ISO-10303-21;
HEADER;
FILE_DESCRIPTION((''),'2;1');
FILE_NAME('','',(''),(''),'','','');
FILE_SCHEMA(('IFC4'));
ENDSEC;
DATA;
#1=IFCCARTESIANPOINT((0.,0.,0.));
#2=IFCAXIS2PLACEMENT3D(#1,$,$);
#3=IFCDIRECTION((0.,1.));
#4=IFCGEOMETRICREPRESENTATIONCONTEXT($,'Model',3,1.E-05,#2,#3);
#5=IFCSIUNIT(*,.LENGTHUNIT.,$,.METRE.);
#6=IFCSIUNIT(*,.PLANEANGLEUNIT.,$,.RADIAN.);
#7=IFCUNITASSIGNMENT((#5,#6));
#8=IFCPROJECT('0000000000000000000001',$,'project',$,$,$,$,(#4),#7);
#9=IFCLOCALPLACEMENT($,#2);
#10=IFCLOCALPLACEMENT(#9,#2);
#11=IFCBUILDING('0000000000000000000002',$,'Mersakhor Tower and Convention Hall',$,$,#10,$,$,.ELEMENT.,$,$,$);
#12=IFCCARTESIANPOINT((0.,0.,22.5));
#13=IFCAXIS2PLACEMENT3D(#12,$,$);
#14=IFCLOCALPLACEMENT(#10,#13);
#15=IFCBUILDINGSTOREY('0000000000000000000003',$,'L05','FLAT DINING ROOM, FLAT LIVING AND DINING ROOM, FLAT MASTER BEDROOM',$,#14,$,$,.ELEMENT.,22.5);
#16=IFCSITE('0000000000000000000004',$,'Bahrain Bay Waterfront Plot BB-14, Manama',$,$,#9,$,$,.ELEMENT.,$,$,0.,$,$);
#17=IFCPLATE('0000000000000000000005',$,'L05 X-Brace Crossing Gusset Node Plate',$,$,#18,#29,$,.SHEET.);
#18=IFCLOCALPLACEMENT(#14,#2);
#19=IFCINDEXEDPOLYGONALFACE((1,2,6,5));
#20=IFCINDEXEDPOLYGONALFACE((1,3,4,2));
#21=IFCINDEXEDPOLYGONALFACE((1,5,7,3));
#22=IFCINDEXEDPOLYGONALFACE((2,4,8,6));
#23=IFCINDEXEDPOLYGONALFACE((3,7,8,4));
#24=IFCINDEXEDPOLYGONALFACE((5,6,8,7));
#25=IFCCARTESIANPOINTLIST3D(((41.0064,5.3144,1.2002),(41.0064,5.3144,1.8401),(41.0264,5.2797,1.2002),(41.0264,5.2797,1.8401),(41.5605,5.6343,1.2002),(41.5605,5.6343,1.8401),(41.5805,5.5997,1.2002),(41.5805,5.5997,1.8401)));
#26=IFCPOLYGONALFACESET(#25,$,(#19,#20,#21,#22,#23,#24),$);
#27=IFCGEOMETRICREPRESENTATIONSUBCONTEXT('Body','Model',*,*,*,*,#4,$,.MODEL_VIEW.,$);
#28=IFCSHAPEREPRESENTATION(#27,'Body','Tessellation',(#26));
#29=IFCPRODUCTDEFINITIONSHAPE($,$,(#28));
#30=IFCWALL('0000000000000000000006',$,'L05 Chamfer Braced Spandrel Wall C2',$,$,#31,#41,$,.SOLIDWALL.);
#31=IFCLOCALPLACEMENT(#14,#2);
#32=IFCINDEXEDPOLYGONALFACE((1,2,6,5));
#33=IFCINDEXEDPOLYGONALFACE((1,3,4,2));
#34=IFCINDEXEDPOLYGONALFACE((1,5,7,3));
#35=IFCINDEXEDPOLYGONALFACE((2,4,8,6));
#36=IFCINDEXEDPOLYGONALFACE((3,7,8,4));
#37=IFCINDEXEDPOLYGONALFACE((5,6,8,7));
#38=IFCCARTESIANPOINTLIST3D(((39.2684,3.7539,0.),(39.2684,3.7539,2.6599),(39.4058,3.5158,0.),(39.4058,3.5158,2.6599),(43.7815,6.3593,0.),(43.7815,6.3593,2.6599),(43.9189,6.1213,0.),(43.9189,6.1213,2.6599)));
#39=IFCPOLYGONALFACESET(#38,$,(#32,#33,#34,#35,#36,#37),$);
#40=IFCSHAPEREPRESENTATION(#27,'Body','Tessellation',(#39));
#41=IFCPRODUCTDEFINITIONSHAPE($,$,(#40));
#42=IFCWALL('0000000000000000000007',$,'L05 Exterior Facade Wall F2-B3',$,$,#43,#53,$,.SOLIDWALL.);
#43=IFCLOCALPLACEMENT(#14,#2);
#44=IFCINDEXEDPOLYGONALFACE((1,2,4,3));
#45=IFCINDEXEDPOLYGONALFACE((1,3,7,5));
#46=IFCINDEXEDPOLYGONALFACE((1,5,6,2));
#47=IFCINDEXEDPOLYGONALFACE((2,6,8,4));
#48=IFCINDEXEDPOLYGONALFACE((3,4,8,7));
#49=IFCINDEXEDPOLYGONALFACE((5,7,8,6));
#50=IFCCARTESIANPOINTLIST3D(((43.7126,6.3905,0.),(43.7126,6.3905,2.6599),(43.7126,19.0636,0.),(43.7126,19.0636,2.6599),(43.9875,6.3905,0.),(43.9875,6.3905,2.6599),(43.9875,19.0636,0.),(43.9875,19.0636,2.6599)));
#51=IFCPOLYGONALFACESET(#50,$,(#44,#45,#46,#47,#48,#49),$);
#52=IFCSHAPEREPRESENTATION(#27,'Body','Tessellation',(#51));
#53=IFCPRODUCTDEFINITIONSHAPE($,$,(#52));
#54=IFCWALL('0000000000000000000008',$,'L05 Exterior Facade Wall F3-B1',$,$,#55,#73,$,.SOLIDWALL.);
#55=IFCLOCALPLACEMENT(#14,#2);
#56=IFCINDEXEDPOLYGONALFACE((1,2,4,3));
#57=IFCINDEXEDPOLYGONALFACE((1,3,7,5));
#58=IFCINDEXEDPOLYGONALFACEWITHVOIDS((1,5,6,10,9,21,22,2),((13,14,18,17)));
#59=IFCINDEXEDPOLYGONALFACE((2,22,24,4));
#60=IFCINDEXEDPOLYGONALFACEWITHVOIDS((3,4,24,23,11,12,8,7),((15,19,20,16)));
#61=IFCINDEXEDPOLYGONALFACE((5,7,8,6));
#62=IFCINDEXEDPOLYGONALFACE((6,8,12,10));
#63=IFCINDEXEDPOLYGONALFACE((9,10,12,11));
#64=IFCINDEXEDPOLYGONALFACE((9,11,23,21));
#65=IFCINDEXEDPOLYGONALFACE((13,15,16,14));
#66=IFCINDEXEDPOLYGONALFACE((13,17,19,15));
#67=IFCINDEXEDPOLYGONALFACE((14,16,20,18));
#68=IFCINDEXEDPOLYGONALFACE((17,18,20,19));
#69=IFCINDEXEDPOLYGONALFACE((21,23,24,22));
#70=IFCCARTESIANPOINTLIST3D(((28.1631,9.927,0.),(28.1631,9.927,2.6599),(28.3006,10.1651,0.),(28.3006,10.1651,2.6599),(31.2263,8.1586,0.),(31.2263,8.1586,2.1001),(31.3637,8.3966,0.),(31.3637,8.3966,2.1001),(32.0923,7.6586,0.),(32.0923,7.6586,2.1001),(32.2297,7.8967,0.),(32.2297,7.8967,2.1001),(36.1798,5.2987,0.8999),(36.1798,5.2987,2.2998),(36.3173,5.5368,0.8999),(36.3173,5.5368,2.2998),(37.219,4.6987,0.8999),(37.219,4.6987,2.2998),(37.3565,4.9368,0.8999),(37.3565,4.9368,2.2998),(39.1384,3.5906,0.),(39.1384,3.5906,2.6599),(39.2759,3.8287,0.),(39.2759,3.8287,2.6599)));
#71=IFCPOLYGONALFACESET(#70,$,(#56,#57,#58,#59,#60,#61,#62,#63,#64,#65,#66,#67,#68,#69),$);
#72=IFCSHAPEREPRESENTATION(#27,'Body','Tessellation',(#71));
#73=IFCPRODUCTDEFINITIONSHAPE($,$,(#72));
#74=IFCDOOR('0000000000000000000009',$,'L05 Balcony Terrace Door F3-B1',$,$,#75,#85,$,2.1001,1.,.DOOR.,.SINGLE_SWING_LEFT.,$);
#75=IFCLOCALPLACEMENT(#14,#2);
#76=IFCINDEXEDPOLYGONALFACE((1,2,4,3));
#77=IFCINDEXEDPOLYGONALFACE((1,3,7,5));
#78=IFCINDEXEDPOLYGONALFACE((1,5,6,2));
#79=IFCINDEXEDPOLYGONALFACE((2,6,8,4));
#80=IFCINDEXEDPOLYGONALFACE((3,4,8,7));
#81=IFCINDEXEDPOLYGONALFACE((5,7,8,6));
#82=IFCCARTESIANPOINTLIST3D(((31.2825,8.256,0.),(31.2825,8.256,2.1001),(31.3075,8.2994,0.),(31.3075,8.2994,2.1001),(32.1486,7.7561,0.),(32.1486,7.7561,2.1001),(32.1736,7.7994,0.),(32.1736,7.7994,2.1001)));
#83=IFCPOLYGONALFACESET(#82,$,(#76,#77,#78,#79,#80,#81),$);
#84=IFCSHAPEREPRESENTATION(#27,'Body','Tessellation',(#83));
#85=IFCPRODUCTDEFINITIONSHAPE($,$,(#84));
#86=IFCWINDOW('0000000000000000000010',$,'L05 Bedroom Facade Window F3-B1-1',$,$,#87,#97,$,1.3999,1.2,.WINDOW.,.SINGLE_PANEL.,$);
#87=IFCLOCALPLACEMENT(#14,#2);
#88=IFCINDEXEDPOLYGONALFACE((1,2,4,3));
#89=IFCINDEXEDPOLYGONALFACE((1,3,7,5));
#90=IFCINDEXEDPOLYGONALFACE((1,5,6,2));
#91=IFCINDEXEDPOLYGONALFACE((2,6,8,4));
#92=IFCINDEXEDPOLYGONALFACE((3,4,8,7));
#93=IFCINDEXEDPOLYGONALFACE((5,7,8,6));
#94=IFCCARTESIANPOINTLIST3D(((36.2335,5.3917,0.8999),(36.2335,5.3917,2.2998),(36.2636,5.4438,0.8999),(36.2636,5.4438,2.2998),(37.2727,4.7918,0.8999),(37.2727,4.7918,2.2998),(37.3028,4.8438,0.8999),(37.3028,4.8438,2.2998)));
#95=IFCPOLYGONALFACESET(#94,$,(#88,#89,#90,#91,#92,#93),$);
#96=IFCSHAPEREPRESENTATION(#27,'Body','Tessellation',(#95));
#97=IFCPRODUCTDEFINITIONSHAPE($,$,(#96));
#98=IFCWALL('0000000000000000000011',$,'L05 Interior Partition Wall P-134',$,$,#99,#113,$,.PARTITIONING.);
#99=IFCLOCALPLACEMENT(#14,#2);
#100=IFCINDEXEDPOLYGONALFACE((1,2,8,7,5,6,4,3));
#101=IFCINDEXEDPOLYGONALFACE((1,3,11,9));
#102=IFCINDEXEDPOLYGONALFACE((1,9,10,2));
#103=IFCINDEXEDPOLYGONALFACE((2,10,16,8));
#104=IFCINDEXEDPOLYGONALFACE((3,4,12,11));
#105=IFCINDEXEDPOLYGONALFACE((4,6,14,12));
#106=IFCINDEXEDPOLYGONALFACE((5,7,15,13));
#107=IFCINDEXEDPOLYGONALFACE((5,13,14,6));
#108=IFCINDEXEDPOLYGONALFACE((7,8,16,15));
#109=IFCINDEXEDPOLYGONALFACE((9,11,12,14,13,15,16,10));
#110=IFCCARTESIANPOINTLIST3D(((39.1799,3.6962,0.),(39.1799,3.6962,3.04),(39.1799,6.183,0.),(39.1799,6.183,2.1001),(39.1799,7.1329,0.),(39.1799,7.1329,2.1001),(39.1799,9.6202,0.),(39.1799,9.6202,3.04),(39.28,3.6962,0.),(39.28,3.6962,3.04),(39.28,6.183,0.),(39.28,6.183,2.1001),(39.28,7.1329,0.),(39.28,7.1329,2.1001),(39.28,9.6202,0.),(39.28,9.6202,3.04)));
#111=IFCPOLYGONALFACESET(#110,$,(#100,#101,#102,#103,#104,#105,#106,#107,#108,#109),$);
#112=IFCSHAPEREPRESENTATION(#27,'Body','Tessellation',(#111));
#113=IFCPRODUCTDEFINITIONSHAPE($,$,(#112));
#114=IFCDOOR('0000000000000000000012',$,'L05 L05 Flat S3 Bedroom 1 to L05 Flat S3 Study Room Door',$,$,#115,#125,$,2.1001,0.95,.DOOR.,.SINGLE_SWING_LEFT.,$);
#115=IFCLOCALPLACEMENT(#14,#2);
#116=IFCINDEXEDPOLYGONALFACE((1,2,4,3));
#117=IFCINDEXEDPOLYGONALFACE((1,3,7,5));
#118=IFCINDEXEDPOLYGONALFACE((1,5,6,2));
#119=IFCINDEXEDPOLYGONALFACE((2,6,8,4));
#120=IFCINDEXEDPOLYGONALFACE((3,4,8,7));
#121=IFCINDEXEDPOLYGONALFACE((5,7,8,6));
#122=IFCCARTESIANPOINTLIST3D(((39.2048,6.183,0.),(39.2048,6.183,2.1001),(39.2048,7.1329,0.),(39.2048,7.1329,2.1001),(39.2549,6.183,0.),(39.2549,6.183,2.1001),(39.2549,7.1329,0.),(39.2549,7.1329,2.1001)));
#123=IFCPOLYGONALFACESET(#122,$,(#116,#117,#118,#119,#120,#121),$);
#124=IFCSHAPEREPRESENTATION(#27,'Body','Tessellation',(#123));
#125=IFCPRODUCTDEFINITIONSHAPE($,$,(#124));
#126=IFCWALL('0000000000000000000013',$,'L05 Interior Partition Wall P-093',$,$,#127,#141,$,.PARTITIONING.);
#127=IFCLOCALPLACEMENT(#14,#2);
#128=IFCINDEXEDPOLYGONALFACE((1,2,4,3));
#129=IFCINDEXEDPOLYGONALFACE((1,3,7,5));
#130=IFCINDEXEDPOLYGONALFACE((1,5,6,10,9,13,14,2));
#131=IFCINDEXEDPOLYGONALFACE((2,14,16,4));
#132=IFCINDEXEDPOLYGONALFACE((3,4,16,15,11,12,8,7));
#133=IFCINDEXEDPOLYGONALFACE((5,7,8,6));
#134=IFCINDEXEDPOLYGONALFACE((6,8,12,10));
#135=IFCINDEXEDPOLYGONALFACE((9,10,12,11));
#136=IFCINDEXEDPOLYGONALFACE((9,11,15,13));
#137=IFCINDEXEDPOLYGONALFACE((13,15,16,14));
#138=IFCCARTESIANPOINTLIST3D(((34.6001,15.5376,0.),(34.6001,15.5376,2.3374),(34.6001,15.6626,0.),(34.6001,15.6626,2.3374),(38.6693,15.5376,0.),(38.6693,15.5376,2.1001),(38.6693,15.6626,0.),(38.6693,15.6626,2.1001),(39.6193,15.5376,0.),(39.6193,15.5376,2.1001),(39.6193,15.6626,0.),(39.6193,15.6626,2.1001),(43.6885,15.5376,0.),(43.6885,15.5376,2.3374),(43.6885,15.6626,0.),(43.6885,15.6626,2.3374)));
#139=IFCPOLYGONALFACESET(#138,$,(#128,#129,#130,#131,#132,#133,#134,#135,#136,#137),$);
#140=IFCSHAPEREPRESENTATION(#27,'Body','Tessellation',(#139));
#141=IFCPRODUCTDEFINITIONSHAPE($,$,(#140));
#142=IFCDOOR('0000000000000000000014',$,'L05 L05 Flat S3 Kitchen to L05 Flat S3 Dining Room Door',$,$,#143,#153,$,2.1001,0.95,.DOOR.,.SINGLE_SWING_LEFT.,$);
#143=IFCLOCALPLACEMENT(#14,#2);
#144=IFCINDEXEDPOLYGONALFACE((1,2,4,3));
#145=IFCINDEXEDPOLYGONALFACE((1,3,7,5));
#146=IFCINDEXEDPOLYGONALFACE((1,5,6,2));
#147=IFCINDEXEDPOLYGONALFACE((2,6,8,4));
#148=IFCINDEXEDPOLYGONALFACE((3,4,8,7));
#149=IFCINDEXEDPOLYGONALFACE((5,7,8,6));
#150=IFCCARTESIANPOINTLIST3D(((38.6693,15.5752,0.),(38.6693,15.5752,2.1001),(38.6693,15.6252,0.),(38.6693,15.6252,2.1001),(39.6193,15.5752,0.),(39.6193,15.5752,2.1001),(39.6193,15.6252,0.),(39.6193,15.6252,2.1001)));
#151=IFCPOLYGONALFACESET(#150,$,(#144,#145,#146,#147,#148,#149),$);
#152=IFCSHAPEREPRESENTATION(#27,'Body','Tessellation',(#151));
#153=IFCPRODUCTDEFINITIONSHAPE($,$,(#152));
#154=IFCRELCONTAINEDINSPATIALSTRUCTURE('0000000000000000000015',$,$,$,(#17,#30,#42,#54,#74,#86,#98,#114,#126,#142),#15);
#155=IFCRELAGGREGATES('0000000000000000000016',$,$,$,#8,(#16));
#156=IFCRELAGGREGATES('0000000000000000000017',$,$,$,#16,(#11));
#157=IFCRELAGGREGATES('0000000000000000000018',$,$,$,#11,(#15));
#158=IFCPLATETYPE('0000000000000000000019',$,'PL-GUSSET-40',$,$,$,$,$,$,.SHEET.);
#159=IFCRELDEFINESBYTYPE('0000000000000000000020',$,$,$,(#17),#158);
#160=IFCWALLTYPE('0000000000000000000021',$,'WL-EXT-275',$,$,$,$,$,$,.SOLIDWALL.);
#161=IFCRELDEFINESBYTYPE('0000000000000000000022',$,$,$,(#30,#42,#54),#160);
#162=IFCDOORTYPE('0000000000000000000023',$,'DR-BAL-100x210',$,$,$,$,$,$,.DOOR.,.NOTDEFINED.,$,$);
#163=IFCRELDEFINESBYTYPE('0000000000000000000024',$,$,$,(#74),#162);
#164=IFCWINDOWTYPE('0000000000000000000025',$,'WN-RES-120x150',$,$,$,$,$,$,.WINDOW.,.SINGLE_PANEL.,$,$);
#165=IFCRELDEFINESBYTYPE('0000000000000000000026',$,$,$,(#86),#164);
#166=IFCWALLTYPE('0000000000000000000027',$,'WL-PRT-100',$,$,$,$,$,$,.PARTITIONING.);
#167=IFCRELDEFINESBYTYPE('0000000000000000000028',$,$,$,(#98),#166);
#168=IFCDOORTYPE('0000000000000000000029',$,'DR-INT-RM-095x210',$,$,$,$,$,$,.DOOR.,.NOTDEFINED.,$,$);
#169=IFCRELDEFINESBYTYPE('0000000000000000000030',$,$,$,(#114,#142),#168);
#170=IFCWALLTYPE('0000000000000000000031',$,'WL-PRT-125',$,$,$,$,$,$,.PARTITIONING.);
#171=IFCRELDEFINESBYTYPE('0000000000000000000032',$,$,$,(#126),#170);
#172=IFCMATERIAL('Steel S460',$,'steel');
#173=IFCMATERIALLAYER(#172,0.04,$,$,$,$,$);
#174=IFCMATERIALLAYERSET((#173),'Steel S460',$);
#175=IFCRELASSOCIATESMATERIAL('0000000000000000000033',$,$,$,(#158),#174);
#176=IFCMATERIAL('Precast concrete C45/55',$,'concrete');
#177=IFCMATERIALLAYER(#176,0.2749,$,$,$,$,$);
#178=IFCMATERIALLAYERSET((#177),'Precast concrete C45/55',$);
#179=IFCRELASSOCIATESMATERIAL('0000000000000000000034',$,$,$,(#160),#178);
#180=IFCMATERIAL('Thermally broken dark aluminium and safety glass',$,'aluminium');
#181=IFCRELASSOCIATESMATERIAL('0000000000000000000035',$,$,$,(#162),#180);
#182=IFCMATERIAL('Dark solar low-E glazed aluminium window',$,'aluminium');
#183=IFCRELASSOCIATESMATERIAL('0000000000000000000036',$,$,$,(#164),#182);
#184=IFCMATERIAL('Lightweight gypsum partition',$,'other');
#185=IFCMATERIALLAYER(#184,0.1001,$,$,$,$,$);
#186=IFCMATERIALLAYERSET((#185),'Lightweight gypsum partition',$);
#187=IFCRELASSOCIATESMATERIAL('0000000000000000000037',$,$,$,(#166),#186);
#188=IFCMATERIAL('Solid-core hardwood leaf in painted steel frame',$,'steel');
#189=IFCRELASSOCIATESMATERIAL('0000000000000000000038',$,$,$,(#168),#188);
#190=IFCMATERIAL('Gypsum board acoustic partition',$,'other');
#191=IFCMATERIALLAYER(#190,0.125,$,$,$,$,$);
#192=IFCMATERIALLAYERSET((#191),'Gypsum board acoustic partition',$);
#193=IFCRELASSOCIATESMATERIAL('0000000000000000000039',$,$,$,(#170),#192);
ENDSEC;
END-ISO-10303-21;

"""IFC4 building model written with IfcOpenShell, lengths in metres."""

from ifc_helpers import new_model, si_unit, direction, frame, frame_2d, origin, origin_2d, place, context, subcontext, project, spatial, rectangle, extrude, material, layer, layer_set, type_object, element, fill, save


model = new_model("IFC4")

# Units and contexts
model_context = context("Model", 3, precision=1e-05, world=origin(), true_north=direction((0.0, 1.0)))
body_context = subcontext(model_context, "Body", "Model", "MODEL_VIEW")
ifc_project = project(units=[si_unit("LENGTHUNIT", "METRE"), si_unit("PLANEANGLEUNIT", "RADIAN")], contexts=[model_context])

# Site, building, storey
site_placement = place(None, origin())
site = spatial("IfcSite", under=ifc_project, at=site_placement, Name="Bahrain Bay Waterfront Plot BB-14, Manama", CompositionType="ELEMENT", RefElevation=0.0)
building_placement = place(site_placement, origin())
building = spatial("IfcBuilding", under=site, at=building_placement, Name="Mersakhor Tower and Convention Hall", CompositionType="ELEMENT")
storey_placement = place(building_placement, frame((0.0, 0.0, 22.5)))
storey = spatial("IfcBuildingStorey", under=building, at=storey_placement, Name="L05", Description="FLAT DINING ROOM, FLAT LIVING AND DINING ROOM, FLAT MASTER BEDROOM", CompositionType="ELEMENT", Elevation=22.5)

# Plate
ifc_material_1 = material(Name="Steel S460", Category="steel")
ifc_layer_1 = layer(ifc_material_1, 0.04)
ifc_layer_set_1 = layer_set([ifc_layer_1], Name="Steel S460")
plate_type_1 = type_object("IfcPlateType", Name="PL-GUSSET-40", PredefinedType="SHEET", material=ifc_layer_set_1)
plate_1_placement = place(storey_placement, frame((41.2935, 5.457, 1.2002), z_axis=(0.0, 0.0, 1.0), x_axis=(0.866025, 0.5, 0.0)))
element("IfcPlate", 1, at=plate_1_placement, inside=storey, type_object=plate_type_1, Name="L05 X-Brace Crossing Gusset Node Plate", PredefinedType="SHEET", context=body_context, shape_type="SweptSolid", body=[
    extrude(rectangle(XDim=0.6399, YDim=0.04, at=origin_2d()), origin(), (0.0, 0.0, 1.0), 0.6399),
])

# Walls
ifc_material_2 = material(Name="Precast concrete C45/55", Category="concrete")
ifc_layer_2 = layer(ifc_material_2, 0.2749)
ifc_layer_set_2 = layer_set([ifc_layer_2], Name="Precast concrete C45/55")
wall_type_1 = type_object("IfcWallType", Name="WL-EXT-275", PredefinedType="SOLIDWALL", material=ifc_layer_set_2)
wall_1_placement = place(storey_placement, frame((43.8501, 6.2402, 0.0), z_axis=(0.0, 0.0, 1.0), x_axis=(-0.866044, -0.499968, 0.0)))
element("IfcWall", 2, at=wall_1_placement, inside=storey, type_object=wall_type_1, Name="L05 Chamfer Braced Spandrel Wall C2", PredefinedType="SOLIDWALL", context=body_context, shape_type="SweptSolid", body=[
    extrude(rectangle(XDim=5.2112, YDim=0.2749, at=frame_2d((2.6055, 0.0))), origin(), (0.0, 0.0, 1.0), 2.6599),
])
wall_2_placement = place(storey_placement, frame((43.8501, 19.0635, 0.0), z_axis=(0.0, 0.0, 1.0), x_axis=(0.0, -1.0, 0.0)))
element("IfcWall", 3, at=wall_2_placement, inside=storey, type_object=wall_type_1, Name="L05 Exterior Facade Wall F2-B3", PredefinedType="SOLIDWALL", context=body_context, shape_type="SweptSolid", body=[
    extrude(rectangle(XDim=12.6731, YDim=0.2749, at=frame_2d((6.3364, 0.0))), origin(), (0.0, 0.0, 1.0), 2.6599),
])

# Wall, openings, door, window
wall_3_placement = place(storey_placement, frame((39.207, 3.7097, 0.0), z_axis=(0.0, 0.0, 1.0), x_axis=(-0.866032, 0.499989, 0.0)))
wall_3 = element("IfcWall", 4, at=wall_3_placement, inside=storey, type_object=wall_type_1, Name="L05 Exterior Facade Wall F3-B1", PredefinedType="SOLIDWALL", context=body_context, shape_type="SweptSolid", body=[
    extrude(rectangle(XDim=12.6731, YDim=0.2749, at=frame_2d((6.3364, 0.0))), origin(), (0.0, 0.0, 1.0), 2.6599),
])
opening_1_placement = place(wall_3_placement, frame((8.136, 0.0, 0.0)))
opening_1 = element("IfcOpeningElement", 5, at=opening_1_placement, cuts=wall_3, PredefinedType="OPENING", context=body_context, shape_type="SweptSolid", body=[
    extrude(rectangle(XDim=1.0, YDim=2.1001, at=frame_2d((0.5, 1.05))), frame((0.0, 0.1475, 0.0), z_axis=(0.0, -1.0, 0.0), x_axis=(1.0, 0.0, 0.0)), (0.0, 0.0, 1.0), 0.2949),
])
opening_2_placement = place(wall_3_placement, frame((2.2161, 0.0, 0.8999)))
opening_2 = element("IfcOpeningElement", 6, at=opening_2_placement, cuts=wall_3, PredefinedType="OPENING", context=body_context, shape_type="SweptSolid", body=[
    extrude(rectangle(XDim=1.2, YDim=1.3999, at=frame_2d((0.6001, 0.7))), frame((0.0, 0.1475, 0.0), z_axis=(0.0, -1.0, 0.0), x_axis=(1.0, 0.0, 0.0)), (0.0, 0.0, 1.0), 0.2949),
])
ifc_material_3 = material(Name="Thermally broken dark aluminium and safety glass", Category="aluminium")
door_type_1 = type_object("IfcDoorType", Name="DR-BAL-100x210", OperationType="NOTDEFINED", PredefinedType="DOOR", material=ifc_material_3)
door_1_placement = place(opening_1_placement, origin())
door_1 = element("IfcDoor", 7, at=door_1_placement, inside=storey, type_object=door_type_1, Name="L05 Balcony Terrace Door F3-B1", OperationType="SINGLE_SWING_LEFT", OverallHeight=2.1001, OverallWidth=1.0, PredefinedType="DOOR", context=body_context, shape_type="SweptSolid", body=[
    extrude(rectangle(XDim=1.0, YDim=2.1001, at=frame_2d((0.5, 1.05))), frame((0.0, 0.0249, 0.0), z_axis=(0.0, -1.0, 0.0), x_axis=(1.0, 0.0, 0.0)), (0.0, 0.0, 1.0), 0.05),
])
fill(opening_1, door_1)
ifc_material_4 = material(Name="Dark solar low-E glazed aluminium window", Category="aluminium")
window_type = type_object("IfcWindowType", Name="WN-RES-120x150", PartitioningType="SINGLE_PANEL", PredefinedType="WINDOW", material=ifc_material_4)
window_placement = place(opening_2_placement, origin())
window = element("IfcWindow", 8, at=window_placement, inside=storey, type_object=window_type, Name="L05 Bedroom Facade Window F3-B1-1", OverallHeight=1.3999, OverallWidth=1.2, PartitioningType="SINGLE_PANEL", PredefinedType="WINDOW", context=body_context, shape_type="SweptSolid", body=[
    extrude(rectangle(XDim=1.2, YDim=1.3999, at=frame_2d((0.6001, 0.7))), frame((0.0, 0.03, 0.0), z_axis=(0.0, -1.0, 0.0), x_axis=(1.0, 0.0, 0.0)), (0.0, 0.0, 1.0), 0.0601),
])
fill(opening_2, window)

# Walls, openings, doors
ifc_material_5 = material(Name="Lightweight gypsum partition", Category="other")
ifc_layer_3 = layer(ifc_material_5, 0.1001)
ifc_layer_set_3 = layer_set([ifc_layer_3], Name="Lightweight gypsum partition")
wall_type_2 = type_object("IfcWallType", Name="WL-PRT-100", PredefinedType="PARTITIONING", material=ifc_layer_set_3)
wall_4_placement = place(storey_placement, frame((39.23, 9.6201, 0.0), z_axis=(0.0, 0.0, 1.0), x_axis=(0.0, -1.0, 0.0)))
wall_4 = element("IfcWall", 9, at=wall_4_placement, inside=storey, type_object=wall_type_2, Name="L05 Interior Partition Wall P-134", PredefinedType="PARTITIONING", context=body_context, shape_type="SweptSolid", body=[
    extrude(rectangle(XDim=5.9241, YDim=0.1001, at=frame_2d((2.9619, 0.0))), origin(), (0.0, 0.0, 1.0), 3.04),
])
opening_3_placement = place(wall_4_placement, frame((2.4871, 0.0, 0.0)))
opening_3 = element("IfcOpeningElement", 10, at=opening_3_placement, cuts=wall_4, PredefinedType="OPENING", context=body_context, shape_type="SweptSolid", body=[
    extrude(rectangle(XDim=0.95, YDim=2.1001, at=frame_2d((0.4751, 1.05))), frame((0.0, 0.0601, 0.0), z_axis=(0.0, -1.0, 0.0), x_axis=(1.0, 0.0, 0.0)), (0.0, 0.0, 1.0), 0.1201),
])
ifc_material_6 = material(Name="Solid-core hardwood leaf in painted steel frame", Category="steel")
door_type_2 = type_object("IfcDoorType", Name="DR-INT-RM-095x210", OperationType="NOTDEFINED", PredefinedType="DOOR", material=ifc_material_6)
door_2_placement = place(opening_3_placement, origin())
door_2 = element("IfcDoor", 11, at=door_2_placement, inside=storey, type_object=door_type_2, Name="L05 L05 Flat S3 Bedroom 1 to L05 Flat S3 Study Room Door", OperationType="SINGLE_SWING_LEFT", OverallHeight=2.1001, OverallWidth=0.95, PredefinedType="DOOR", context=body_context, shape_type="SweptSolid", body=[
    extrude(rectangle(XDim=0.95, YDim=2.1001, at=frame_2d((0.4751, 1.05))), frame((0.0, 0.0249, 0.0), z_axis=(0.0, -1.0, 0.0), x_axis=(1.0, 0.0, 0.0)), (0.0, 0.0, 1.0), 0.05),
])
fill(opening_3, door_2)
ifc_material_7 = material(Name="Gypsum board acoustic partition", Category="other")
ifc_layer_4 = layer(ifc_material_7, 0.125)
ifc_layer_set_4 = layer_set([ifc_layer_4], Name="Gypsum board acoustic partition")
wall_type_3 = type_object("IfcWallType", Name="WL-PRT-125", PredefinedType="PARTITIONING", material=ifc_layer_set_4)
wall_5_placement = place(storey_placement, frame((43.6885, 15.6001, 0.0), z_axis=(0.0, 0.0, 1.0), x_axis=(-1.0, 0.0, 0.0)))
wall_5 = element("IfcWall", 12, at=wall_5_placement, inside=storey, type_object=wall_type_3, Name="L05 Interior Partition Wall P-093", PredefinedType="PARTITIONING", context=body_context, shape_type="SweptSolid", body=[
    extrude(rectangle(XDim=9.0884, YDim=0.125, at=frame_2d((4.5442, 0.0))), origin(), (0.0, 0.0, 1.0), 2.3374),
])
opening_4_placement = place(wall_5_placement, frame((4.0691, 0.0, 0.0)))
opening_4 = element("IfcOpeningElement", 13, at=opening_4_placement, cuts=wall_5, PredefinedType="OPENING", context=body_context, shape_type="SweptSolid", body=[
    extrude(rectangle(XDim=0.95, YDim=2.1001, at=frame_2d((0.4751, 1.05))), frame((0.0, 0.0725, 0.0), z_axis=(0.0, -1.0, 0.0), x_axis=(1.0, 0.0, 0.0)), (0.0, 0.0, 1.0), 0.145),
])
door_3_placement = place(opening_4_placement, origin())
door_3 = element("IfcDoor", 14, at=door_3_placement, inside=storey, type_object=door_type_2, Name="L05 L05 Flat S3 Kitchen to L05 Flat S3 Dining Room Door", OperationType="SINGLE_SWING_LEFT", OverallHeight=2.1001, OverallWidth=0.95, PredefinedType="DOOR", context=body_context, shape_type="SweptSolid", body=[
    extrude(rectangle(XDim=0.95, YDim=2.1001, at=frame_2d((0.4751, 1.05))), frame((0.0, 0.0249, 0.0), z_axis=(0.0, -1.0, 0.0), x_axis=(1.0, 0.0, 0.0)), (0.0, 0.0, 1.0), 0.05),
])
fill(opening_4, door_3)

save(model, "model.ifc")
